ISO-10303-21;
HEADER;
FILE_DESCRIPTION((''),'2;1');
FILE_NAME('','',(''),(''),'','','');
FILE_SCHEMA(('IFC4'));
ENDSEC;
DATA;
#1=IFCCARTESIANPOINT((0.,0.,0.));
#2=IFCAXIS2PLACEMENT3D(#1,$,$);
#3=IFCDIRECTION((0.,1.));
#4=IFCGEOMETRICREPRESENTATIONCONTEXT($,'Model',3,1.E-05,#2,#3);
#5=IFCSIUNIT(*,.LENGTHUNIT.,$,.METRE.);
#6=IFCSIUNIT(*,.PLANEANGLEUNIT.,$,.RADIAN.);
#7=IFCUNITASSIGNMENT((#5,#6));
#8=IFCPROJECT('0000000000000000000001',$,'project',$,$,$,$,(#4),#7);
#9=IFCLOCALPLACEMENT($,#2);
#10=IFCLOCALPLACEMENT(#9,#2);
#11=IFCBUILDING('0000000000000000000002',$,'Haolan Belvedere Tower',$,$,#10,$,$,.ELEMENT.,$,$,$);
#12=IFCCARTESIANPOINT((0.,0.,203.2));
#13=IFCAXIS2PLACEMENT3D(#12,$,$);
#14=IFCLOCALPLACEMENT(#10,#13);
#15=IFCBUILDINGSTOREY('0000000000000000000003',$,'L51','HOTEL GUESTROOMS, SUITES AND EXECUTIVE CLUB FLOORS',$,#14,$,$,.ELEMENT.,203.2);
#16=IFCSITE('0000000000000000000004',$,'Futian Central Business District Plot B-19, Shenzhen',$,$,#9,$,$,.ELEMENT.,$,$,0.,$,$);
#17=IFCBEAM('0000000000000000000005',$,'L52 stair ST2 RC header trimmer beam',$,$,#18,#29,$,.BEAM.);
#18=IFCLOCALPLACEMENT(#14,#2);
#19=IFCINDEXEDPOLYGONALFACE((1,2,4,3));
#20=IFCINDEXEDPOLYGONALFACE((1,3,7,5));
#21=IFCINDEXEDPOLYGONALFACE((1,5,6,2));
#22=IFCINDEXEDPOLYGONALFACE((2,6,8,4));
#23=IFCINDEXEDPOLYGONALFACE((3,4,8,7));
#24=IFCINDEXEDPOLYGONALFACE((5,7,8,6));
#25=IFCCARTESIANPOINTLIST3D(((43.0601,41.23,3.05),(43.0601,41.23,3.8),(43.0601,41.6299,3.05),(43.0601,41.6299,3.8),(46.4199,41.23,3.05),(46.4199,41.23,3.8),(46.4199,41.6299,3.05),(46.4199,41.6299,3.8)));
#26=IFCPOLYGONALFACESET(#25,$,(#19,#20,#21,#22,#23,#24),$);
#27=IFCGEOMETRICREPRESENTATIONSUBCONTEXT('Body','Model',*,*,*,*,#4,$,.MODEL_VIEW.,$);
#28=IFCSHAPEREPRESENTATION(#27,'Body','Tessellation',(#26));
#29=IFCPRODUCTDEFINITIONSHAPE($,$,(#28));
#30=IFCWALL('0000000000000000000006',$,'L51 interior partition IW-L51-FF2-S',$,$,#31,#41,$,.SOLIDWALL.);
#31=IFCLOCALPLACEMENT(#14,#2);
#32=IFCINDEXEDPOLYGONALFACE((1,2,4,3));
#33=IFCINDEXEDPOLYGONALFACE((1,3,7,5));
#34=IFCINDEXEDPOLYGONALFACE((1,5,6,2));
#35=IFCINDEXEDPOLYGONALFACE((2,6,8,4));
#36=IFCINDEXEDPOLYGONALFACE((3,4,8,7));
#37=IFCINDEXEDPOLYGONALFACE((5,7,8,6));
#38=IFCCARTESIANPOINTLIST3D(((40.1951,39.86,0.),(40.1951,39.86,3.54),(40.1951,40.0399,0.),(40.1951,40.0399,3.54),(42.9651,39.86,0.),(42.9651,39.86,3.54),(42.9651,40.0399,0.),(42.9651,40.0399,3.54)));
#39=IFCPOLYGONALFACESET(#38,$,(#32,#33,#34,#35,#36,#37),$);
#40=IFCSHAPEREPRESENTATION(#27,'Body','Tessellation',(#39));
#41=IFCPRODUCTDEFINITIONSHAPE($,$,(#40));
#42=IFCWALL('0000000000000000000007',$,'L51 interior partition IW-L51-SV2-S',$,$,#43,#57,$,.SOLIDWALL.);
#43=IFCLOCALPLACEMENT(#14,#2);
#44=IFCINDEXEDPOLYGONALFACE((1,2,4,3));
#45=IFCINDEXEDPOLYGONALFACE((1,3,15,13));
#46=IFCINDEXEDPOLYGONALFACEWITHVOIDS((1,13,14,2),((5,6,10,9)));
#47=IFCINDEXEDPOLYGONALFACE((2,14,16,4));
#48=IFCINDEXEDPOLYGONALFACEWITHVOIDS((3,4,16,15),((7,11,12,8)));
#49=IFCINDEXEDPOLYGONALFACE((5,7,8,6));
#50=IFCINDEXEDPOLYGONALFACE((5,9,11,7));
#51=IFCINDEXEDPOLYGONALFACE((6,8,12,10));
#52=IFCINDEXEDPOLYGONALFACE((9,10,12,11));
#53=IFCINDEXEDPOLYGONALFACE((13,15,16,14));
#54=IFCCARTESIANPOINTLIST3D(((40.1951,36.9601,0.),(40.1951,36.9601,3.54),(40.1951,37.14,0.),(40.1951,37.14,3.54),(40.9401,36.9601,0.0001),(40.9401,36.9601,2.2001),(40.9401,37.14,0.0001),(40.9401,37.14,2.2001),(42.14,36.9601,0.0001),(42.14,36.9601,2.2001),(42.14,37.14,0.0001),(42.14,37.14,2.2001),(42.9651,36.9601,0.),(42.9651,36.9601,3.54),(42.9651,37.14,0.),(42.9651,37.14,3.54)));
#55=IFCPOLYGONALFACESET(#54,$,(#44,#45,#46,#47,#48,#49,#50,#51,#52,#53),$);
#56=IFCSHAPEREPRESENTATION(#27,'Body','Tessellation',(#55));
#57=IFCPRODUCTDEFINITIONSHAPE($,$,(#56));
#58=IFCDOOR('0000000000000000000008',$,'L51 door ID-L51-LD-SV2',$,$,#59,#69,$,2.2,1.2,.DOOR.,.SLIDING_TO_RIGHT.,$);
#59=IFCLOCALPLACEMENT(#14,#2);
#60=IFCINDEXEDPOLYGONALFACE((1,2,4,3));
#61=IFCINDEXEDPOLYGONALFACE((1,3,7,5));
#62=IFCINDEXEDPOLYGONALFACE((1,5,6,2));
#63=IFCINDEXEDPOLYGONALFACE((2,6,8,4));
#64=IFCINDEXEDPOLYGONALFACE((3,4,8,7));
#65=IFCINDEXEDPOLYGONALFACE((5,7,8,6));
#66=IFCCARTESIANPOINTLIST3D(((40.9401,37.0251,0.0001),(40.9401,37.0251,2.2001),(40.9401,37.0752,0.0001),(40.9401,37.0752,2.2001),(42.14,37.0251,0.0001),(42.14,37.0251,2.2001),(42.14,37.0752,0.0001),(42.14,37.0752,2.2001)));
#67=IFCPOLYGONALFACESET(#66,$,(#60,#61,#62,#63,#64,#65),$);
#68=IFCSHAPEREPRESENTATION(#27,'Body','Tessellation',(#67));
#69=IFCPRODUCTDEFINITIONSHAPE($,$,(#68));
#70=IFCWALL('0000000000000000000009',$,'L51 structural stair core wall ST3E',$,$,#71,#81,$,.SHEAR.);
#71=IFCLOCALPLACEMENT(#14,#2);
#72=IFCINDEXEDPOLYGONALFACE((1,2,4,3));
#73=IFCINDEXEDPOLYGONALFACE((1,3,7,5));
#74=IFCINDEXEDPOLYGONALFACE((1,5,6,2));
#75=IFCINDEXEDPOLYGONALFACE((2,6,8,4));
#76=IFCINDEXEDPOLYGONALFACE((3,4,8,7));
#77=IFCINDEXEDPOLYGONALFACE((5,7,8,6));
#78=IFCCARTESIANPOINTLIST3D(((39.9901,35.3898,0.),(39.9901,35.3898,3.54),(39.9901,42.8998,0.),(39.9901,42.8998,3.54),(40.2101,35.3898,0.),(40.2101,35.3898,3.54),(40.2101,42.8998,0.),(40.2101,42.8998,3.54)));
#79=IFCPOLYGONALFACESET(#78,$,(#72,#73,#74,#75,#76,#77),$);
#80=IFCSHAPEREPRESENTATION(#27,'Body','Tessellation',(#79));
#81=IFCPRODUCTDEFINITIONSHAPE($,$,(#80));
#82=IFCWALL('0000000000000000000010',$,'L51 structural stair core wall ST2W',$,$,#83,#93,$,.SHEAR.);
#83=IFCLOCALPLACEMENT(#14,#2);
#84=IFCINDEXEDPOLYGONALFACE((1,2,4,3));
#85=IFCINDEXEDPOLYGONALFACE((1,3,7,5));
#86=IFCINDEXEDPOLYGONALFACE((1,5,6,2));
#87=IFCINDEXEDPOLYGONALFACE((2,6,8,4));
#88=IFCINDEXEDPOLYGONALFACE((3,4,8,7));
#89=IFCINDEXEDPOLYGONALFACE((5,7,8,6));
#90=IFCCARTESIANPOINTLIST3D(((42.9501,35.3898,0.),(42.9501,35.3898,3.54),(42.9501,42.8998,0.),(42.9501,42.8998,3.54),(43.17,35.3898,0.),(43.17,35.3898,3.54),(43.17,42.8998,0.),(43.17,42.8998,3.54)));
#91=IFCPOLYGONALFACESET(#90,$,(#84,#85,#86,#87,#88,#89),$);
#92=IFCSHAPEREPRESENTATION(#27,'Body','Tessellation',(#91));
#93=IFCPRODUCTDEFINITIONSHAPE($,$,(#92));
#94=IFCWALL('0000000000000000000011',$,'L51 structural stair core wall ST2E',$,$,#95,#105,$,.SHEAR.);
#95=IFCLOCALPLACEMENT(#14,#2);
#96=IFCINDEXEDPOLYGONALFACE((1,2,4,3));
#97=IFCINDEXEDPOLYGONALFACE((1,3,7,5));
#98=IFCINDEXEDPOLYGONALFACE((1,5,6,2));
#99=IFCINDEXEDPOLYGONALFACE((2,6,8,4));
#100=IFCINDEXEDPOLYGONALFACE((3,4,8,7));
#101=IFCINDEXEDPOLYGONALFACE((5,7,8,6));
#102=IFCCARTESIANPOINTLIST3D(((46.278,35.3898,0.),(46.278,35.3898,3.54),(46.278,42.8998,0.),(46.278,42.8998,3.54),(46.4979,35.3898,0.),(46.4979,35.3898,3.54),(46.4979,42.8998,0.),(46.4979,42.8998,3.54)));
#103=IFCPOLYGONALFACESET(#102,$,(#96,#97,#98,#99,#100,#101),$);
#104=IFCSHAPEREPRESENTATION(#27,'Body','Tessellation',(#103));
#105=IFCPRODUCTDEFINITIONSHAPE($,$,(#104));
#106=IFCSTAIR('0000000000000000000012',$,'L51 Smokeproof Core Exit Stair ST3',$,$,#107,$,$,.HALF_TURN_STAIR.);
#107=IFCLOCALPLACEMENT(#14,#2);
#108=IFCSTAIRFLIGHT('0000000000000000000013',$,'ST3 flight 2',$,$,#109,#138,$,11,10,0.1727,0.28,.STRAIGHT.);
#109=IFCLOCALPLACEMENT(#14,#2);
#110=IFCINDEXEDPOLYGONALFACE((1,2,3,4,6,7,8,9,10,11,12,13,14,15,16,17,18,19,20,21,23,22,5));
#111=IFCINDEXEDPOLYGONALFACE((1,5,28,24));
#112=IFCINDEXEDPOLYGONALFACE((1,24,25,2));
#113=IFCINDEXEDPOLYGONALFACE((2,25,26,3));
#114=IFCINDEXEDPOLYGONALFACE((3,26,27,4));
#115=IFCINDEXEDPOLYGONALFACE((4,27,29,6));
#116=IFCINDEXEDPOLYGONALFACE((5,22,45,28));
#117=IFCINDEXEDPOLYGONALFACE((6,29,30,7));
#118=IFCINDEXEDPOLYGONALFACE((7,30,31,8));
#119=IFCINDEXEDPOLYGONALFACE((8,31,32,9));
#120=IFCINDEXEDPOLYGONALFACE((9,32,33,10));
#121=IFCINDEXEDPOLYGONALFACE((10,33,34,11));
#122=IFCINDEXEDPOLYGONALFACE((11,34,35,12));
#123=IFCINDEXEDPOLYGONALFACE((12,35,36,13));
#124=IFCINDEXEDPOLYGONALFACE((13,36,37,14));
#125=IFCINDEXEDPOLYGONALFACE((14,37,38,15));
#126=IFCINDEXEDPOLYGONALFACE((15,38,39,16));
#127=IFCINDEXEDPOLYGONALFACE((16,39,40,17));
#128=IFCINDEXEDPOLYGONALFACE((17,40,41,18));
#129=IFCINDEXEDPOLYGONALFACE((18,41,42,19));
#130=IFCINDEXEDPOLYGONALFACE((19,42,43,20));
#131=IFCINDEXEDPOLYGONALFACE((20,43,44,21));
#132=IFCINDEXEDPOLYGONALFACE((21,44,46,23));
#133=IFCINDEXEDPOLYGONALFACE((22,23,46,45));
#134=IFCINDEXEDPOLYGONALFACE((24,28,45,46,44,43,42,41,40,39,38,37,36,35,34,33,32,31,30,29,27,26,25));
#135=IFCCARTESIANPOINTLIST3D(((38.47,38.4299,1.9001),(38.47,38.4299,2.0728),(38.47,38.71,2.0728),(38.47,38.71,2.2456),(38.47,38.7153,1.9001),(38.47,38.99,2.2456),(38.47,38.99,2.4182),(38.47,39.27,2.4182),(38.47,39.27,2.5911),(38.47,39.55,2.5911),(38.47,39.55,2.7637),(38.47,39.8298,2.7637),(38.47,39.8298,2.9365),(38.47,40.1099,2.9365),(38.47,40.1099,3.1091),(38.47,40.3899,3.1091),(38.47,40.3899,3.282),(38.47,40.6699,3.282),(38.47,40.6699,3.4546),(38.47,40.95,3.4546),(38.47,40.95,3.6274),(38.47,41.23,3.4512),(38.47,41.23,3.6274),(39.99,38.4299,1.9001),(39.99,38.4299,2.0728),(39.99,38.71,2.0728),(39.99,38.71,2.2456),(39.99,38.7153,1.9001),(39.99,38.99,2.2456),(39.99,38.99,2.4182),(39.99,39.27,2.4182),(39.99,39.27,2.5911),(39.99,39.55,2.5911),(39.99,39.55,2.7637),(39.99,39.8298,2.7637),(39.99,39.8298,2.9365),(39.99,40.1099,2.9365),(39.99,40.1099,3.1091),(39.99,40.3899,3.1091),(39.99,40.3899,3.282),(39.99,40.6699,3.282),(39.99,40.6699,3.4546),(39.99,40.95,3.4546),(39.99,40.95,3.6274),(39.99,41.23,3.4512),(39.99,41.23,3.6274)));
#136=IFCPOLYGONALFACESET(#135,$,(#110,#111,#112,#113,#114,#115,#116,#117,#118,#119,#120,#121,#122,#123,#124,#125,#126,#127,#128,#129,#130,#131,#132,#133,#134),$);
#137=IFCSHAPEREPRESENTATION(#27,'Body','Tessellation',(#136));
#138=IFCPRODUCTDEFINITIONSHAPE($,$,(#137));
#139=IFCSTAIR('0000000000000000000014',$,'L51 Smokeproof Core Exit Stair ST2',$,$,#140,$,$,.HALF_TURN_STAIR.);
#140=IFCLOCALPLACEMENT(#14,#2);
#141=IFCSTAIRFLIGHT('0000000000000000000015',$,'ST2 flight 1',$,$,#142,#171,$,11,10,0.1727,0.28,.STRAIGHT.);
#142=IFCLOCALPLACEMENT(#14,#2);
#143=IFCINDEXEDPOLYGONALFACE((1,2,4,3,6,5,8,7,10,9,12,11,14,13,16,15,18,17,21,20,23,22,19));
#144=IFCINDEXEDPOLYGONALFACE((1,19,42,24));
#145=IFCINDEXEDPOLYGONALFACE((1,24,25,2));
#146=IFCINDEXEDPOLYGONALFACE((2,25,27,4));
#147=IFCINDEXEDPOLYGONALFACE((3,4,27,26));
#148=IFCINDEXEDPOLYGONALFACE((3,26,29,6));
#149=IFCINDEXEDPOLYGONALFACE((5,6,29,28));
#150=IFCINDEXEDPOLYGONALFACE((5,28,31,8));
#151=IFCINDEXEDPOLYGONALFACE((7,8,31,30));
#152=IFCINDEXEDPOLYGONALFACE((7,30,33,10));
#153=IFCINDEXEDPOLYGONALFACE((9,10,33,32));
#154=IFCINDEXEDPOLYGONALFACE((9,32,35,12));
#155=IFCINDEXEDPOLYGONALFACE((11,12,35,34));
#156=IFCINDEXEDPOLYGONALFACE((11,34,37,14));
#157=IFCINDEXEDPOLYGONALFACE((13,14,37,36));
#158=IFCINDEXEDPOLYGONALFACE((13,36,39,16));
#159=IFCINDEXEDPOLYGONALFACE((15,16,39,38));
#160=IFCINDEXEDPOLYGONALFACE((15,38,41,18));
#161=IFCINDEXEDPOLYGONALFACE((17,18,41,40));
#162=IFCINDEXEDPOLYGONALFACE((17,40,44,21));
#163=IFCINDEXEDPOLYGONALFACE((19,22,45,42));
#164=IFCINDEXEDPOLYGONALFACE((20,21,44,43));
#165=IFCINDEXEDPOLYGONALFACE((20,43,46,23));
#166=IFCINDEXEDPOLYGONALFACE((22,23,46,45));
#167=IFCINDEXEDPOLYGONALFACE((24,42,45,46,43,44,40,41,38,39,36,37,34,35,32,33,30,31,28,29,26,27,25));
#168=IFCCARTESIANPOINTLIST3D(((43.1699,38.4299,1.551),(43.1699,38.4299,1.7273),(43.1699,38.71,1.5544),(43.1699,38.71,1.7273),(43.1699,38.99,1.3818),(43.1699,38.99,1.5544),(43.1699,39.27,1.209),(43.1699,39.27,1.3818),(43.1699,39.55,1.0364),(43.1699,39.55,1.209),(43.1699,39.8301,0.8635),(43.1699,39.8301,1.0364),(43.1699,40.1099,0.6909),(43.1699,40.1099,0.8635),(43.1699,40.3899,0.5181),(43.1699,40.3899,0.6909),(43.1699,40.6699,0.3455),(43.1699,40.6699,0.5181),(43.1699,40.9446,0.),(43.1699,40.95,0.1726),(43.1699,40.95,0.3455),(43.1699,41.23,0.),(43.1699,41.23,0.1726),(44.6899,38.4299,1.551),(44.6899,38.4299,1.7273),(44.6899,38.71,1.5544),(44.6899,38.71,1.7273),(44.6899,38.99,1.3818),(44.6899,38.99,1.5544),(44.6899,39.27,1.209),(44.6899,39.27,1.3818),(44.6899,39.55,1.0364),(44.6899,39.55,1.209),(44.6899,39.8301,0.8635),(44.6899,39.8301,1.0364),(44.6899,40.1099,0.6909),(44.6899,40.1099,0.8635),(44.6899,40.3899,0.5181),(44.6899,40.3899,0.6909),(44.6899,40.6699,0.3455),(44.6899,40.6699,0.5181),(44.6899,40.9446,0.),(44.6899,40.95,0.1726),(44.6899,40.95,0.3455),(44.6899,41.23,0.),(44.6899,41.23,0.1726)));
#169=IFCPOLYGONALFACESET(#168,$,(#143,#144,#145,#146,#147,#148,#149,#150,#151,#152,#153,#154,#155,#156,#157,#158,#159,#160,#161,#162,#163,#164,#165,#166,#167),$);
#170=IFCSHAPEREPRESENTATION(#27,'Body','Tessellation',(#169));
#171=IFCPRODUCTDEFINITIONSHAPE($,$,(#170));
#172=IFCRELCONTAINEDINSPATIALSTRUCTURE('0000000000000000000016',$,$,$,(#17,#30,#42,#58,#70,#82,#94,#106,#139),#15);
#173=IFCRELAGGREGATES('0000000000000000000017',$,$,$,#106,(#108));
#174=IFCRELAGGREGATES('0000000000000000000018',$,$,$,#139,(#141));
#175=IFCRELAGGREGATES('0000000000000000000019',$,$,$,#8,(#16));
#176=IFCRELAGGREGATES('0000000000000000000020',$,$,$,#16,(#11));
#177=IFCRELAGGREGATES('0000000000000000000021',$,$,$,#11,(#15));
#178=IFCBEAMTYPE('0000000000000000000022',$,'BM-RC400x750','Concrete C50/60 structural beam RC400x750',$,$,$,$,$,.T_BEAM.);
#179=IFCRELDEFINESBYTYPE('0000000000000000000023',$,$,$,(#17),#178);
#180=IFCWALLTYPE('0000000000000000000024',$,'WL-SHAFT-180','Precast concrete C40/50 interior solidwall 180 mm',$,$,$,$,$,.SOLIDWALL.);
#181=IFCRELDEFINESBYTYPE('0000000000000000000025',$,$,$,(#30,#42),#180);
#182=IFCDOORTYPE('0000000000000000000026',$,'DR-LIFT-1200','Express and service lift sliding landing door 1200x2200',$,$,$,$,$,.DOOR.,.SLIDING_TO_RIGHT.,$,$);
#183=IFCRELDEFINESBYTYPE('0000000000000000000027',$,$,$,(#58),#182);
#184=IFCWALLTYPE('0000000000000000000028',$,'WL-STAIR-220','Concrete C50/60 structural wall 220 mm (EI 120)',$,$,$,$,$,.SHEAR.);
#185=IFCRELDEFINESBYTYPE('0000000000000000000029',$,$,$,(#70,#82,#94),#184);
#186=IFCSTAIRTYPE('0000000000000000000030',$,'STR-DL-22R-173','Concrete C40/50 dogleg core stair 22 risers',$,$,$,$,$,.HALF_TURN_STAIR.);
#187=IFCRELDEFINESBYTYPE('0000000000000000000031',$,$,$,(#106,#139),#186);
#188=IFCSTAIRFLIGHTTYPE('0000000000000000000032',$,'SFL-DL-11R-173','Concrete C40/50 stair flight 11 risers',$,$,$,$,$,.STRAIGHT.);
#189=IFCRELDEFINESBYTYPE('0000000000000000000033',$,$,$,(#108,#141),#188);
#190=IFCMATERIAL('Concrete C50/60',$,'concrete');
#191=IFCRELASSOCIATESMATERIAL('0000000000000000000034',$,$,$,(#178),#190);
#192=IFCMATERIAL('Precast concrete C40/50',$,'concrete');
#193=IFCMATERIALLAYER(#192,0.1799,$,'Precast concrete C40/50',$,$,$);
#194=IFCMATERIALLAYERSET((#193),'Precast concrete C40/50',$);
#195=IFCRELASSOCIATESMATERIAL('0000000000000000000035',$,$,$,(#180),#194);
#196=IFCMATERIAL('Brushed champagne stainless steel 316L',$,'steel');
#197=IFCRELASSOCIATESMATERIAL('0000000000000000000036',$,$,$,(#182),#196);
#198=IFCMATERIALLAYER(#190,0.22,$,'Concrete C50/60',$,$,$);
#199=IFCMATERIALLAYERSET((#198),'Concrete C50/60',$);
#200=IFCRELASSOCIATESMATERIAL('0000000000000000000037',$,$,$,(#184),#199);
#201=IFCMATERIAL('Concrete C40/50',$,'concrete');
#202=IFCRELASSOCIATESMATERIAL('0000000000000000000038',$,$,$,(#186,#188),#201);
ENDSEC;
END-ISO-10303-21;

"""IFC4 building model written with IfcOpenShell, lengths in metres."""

from ifc_helpers import new_model, si_unit, direction, frame, frame_2d, origin, origin_2d, place, context, subcontext, project, spatial, polyline, rectangle, outline, extrude, material, layer, layer_set, material_profile, profile_set, type_object, element, fill, aggregate, save


model = new_model("IFC4")

# Units and contexts
model_context = context("Model", 3, precision=1e-05, world=origin(), true_north=direction((0.0, 1.0)))
body_context = subcontext(model_context, "Body", "Model", "MODEL_VIEW")
ifc_project = project(units=[si_unit("LENGTHUNIT", "METRE"), si_unit("PLANEANGLEUNIT", "RADIAN")], contexts=[model_context])

# Site, building, storey
site_placement = place(None, origin())
site = spatial("IfcSite", under=ifc_project, at=site_placement, Name="Futian Central Business District Plot B-19, Shenzhen", CompositionType="ELEMENT", RefElevation=0.0)
building_placement = place(site_placement, origin())
building = spatial("IfcBuilding", under=site, at=building_placement, Name="Haolan Belvedere Tower", CompositionType="ELEMENT")
storey_placement = place(building_placement, frame((0.0, 0.0, 203.2)))
storey = spatial("IfcBuildingStorey", under=building, at=storey_placement, Name="L51", Description="HOTEL GUESTROOMS, SUITES AND EXECUTIVE CLUB FLOORS", CompositionType="ELEMENT", Elevation=203.2)

# Beam
ifc_material_1 = material(Name="Concrete C50/60", Category="concrete")
ifc_material_profile = material_profile(ifc_material_1, rectangle(XDim=0.3999, YDim=0.75, at=origin_2d()), Name="Concrete C50/60")
ifc_profile_set = profile_set([ifc_material_profile], Name="Concrete C50/60")
beam_type = type_object("IfcBeamType", Name="BM-RC400x750", Description="Concrete C50/60 structural beam RC400x750", PredefinedType="T_BEAM", material=ifc_profile_set)
beam_placement = place(storey_placement, frame((43.0601, 41.4299, 3.425), z_axis=(1.0, 0.0, 0.0), x_axis=(0.0, 1.0, 0.0)))
element("IfcBeam", 1, at=beam_placement, inside=storey, type_object=beam_type, Name="L52 stair ST2 RC header trimmer beam", PredefinedType="BEAM", context=body_context, shape_type="SweptSolid", body=[
    extrude(rectangle(XDim=0.3999, YDim=0.75, at=origin_2d()), origin(), (0.0, 0.0, 1.0), 3.3599),
])

# Shared definitions
ifc_material_2 = material(Name="Concrete C40/50", Category="concrete")

# Wall
ifc_material_3 = material(Name="Precast concrete C40/50", Category="concrete")
ifc_layer_1 = layer(ifc_material_3, 0.1799, Name="Precast concrete C40/50")
ifc_layer_set_1 = layer_set([ifc_layer_1], Name="Precast concrete C40/50")
wall_type_1 = type_object("IfcWallType", Name="WL-SHAFT-180", Description="Precast concrete C40/50 interior solidwall 180 mm", PredefinedType="SOLIDWALL", material=ifc_layer_set_1)
wall_1_placement = place(storey_placement, frame((40.1951, 39.95, 0.0), z_axis=(0.0, 0.0, 1.0), x_axis=(1.0, 0.0, 0.0)))
element("IfcWall", 2, at=wall_1_placement, inside=storey, type_object=wall_type_1, Name="L51 interior partition IW-L51-FF2-S", PredefinedType="SOLIDWALL", context=body_context, shape_type="SweptSolid", body=[
    extrude(rectangle(XDim=2.77, YDim=0.1799, at=frame_2d((1.385, 0.0))), origin(), (0.0, 0.0, 1.0), 3.54),
])

# Wall, opening, door
wall_2_placement = place(storey_placement, frame((40.1951, 37.05, 0.0), z_axis=(0.0, 0.0, 1.0), x_axis=(1.0, 0.0, 0.0)))
wall_2 = element("IfcWall", 3, at=wall_2_placement, inside=storey, type_object=wall_type_1, Name="L51 interior partition IW-L51-SV2-S", PredefinedType="SOLIDWALL", context=body_context, shape_type="SweptSolid", body=[
    extrude(rectangle(XDim=2.77, YDim=0.1799, at=frame_2d((1.385, 0.0))), origin(), (0.0, 0.0, 1.0), 3.54),
])
opening_1_placement = place(wall_2_placement, frame((1.9451, 0.0, 0.0), z_axis=(0.0, 0.0, 1.0), x_axis=(-1.0, 0.0, 0.0)))
opening_1 = element("IfcOpeningElement", 4, at=opening_1_placement, cuts=wall_2, PredefinedType="OPENING", context=body_context, shape_type="SweptSolid", body=[
    extrude(rectangle(XDim=1.2, YDim=2.2, at=frame_2d((0.6001, 1.1001))), frame((0.0, 0.0999, 0.0), z_axis=(0.0, -1.0, 0.0), x_axis=(1.0, 0.0, 0.0)), (0.0, 0.0, 1.0), 0.2),
])
ifc_material_4 = material(Name="Brushed champagne stainless steel 316L", Category="steel")
door_type_1 = type_object("IfcDoorType", Name="DR-LIFT-1200", Description="Express and service lift sliding landing door 1200x2200", OperationType="SLIDING_TO_RIGHT", PredefinedType="DOOR", material=ifc_material_4)
door_1_placement = place(opening_1_placement, origin())
door_1 = element("IfcDoor", 5, at=door_1_placement, inside=storey, type_object=door_type_1, Name="L51 door ID-L51-LD-SV2", OperationType="SLIDING_TO_RIGHT", OverallHeight=2.2, OverallWidth=1.2, PredefinedType="DOOR", context=body_context, shape_type="SweptSolid", body=[
    extrude(rectangle(XDim=1.2, YDim=2.2, at=frame_2d((0.6001, 1.1001))), frame((0.0, 0.0249, 0.0), z_axis=(0.0, -1.0, 0.0), x_axis=(1.0, 0.0, 0.0)), (0.0, 0.0, 1.0), 0.05),
])
fill(opening_1, door_1)

# Walls
ifc_layer_2 = layer(ifc_material_1, 0.22, Name="Concrete C50/60")
ifc_layer_set_2 = layer_set([ifc_layer_2], Name="Concrete C50/60")
wall_type_2 = type_object("IfcWallType", Name="WL-STAIR-220", Description="Concrete C50/60 structural wall 220 mm (EI 120)", PredefinedType="SHEAR", material=ifc_layer_set_2)
for number, where, z_axis, x_axis, name in (
    (6, (40.1001, 35.3899, 0.0), (0.0, 0.0, 1.0), (0.0, 1.0, 0.0), "L51 structural stair core wall ST3E"),
    (7, (43.0601, 35.3899, 0.0), (0.0, 0.0, 1.0), (0.0, 1.0, 0.0), "L51 structural stair core wall ST2W"),
    (8, (46.3879, 35.3899, 0.0), (0.0, 0.0, 1.0), (0.0, 1.0, 0.0), "L51 structural stair core wall ST2E"),
):
    element("IfcWall", number, at=place(storey_placement, frame(where, z_axis=z_axis, x_axis=x_axis)), inside=storey, type_object=wall_type_2, Name=name, PredefinedType="SHEAR", context=body_context, shape_type="SweptSolid", body=[
        extrude(rectangle(XDim=7.51, YDim=0.22, at=frame_2d((3.7549, 0.0))), origin(), (0.0, 0.0, 1.0), 3.54),
    ])

# Stair, stair flight
stair_type = type_object("IfcStairType", Name="STR-DL-22R-173", Description="Concrete C40/50 dogleg core stair 22 risers", PredefinedType="HALF_TURN_STAIR", material=ifc_material_2)
stair_1_placement = place(storey_placement, origin())
stair_1 = element("IfcStair", 9, at=stair_1_placement, inside=storey, type_object=stair_type, Name="L51 Smokeproof Core Exit Stair ST3", PredefinedType="HALF_TURN_STAIR")
stair_flight_type = type_object("IfcStairFlightType", Name="SFL-DL-11R-173", Description="Concrete C40/50 stair flight 11 risers", PredefinedType="STRAIGHT", material=ifc_material_2)
stair_flight_1_placement = place(storey_placement, frame((39.23, 38.4299, 1.9001), z_axis=(0.0, 0.0, 1.0), x_axis=(0.0, 1.0, 0.0)))
stair_flight_1 = element("IfcStairFlight", 10, at=stair_flight_1_placement, type_object=stair_flight_type, Name="ST3 flight 2", NumberOfRisers=11, NumberOfTreads=10, PredefinedType="STRAIGHT", RiserHeight=0.1727, TreadLength=0.28, context=body_context, shape_type="SweptSolid", body=[
    extrude(outline(polyline([(0.0, 0.0), (0.0, 0.1726), (0.28, 0.1726), (0.28, 0.3455), (0.5601, 0.3455), (0.5601, 0.5181), (0.8401, 0.5181), (0.8401, 0.6909), (1.1201, 0.6909), (1.1201, 0.8635), (1.3999, 0.8635), (1.3999, 1.0364), (1.6799, 1.0364), (1.6799, 1.209), (1.96, 1.209), (1.96, 1.3818), (2.24, 1.3818), (2.24, 1.5544), (2.52, 1.5544), (2.52, 1.7273), (2.8, 1.7273), (2.8, 1.8999), (2.8, 1.551), (0.2854, 0.0), (0.0, 0.0)])), frame((0.0, 0.76, 0.0), z_axis=(0.0, -1.0, 0.0), x_axis=(1.0, 0.0, 0.0)), (0.0, 0.0, 1.0), 1.52),
])
aggregate(stair_1, [stair_flight_1])

# Stair, stair flight
stair_2_placement = place(storey_placement, origin())
stair_2 = element("IfcStair", 11, at=stair_2_placement, inside=storey, type_object=stair_type, Name="L51 Smokeproof Core Exit Stair ST2", PredefinedType="HALF_TURN_STAIR")
stair_flight_2_placement = place(storey_placement, frame((43.9299, 41.23, 0.0), z_axis=(0.0, 0.0, 1.0), x_axis=(0.0, -1.0, 0.0)))
stair_flight_2 = element("IfcStairFlight", 12, at=stair_flight_2_placement, type_object=stair_flight_type, Name="ST2 flight 1", NumberOfRisers=11, NumberOfTreads=10, PredefinedType="STRAIGHT", RiserHeight=0.1727, TreadLength=0.28, context=body_context, shape_type="SweptSolid", body=[
    extrude(outline(polyline([(0.0, 0.0), (0.0, 0.1726), (0.28, 0.1726), (0.28, 0.3455), (0.5601, 0.3455), (0.5601, 0.5181), (0.8401, 0.5181), (0.8401, 0.6909), (1.1201, 0.6909), (1.1201, 0.8635), (1.3999, 0.8635), (1.3999, 1.0364), (1.6799, 1.0364), (1.6799, 1.209), (1.96, 1.209), (1.96, 1.3818), (2.24, 1.3818), (2.24, 1.5544), (2.52, 1.5544), (2.52, 1.7273), (2.8, 1.7273), (2.8, 1.8999), (2.8, 1.551), (0.2854, 0.0), (0.0, 0.0)])), frame((0.0, 0.76, 0.0), z_axis=(0.0, -1.0, 0.0), x_axis=(1.0, 0.0, 0.0)), (0.0, 0.0, 1.0), 1.52),
])
aggregate(stair_2, [stair_flight_2])

save(model, "model.ifc")
